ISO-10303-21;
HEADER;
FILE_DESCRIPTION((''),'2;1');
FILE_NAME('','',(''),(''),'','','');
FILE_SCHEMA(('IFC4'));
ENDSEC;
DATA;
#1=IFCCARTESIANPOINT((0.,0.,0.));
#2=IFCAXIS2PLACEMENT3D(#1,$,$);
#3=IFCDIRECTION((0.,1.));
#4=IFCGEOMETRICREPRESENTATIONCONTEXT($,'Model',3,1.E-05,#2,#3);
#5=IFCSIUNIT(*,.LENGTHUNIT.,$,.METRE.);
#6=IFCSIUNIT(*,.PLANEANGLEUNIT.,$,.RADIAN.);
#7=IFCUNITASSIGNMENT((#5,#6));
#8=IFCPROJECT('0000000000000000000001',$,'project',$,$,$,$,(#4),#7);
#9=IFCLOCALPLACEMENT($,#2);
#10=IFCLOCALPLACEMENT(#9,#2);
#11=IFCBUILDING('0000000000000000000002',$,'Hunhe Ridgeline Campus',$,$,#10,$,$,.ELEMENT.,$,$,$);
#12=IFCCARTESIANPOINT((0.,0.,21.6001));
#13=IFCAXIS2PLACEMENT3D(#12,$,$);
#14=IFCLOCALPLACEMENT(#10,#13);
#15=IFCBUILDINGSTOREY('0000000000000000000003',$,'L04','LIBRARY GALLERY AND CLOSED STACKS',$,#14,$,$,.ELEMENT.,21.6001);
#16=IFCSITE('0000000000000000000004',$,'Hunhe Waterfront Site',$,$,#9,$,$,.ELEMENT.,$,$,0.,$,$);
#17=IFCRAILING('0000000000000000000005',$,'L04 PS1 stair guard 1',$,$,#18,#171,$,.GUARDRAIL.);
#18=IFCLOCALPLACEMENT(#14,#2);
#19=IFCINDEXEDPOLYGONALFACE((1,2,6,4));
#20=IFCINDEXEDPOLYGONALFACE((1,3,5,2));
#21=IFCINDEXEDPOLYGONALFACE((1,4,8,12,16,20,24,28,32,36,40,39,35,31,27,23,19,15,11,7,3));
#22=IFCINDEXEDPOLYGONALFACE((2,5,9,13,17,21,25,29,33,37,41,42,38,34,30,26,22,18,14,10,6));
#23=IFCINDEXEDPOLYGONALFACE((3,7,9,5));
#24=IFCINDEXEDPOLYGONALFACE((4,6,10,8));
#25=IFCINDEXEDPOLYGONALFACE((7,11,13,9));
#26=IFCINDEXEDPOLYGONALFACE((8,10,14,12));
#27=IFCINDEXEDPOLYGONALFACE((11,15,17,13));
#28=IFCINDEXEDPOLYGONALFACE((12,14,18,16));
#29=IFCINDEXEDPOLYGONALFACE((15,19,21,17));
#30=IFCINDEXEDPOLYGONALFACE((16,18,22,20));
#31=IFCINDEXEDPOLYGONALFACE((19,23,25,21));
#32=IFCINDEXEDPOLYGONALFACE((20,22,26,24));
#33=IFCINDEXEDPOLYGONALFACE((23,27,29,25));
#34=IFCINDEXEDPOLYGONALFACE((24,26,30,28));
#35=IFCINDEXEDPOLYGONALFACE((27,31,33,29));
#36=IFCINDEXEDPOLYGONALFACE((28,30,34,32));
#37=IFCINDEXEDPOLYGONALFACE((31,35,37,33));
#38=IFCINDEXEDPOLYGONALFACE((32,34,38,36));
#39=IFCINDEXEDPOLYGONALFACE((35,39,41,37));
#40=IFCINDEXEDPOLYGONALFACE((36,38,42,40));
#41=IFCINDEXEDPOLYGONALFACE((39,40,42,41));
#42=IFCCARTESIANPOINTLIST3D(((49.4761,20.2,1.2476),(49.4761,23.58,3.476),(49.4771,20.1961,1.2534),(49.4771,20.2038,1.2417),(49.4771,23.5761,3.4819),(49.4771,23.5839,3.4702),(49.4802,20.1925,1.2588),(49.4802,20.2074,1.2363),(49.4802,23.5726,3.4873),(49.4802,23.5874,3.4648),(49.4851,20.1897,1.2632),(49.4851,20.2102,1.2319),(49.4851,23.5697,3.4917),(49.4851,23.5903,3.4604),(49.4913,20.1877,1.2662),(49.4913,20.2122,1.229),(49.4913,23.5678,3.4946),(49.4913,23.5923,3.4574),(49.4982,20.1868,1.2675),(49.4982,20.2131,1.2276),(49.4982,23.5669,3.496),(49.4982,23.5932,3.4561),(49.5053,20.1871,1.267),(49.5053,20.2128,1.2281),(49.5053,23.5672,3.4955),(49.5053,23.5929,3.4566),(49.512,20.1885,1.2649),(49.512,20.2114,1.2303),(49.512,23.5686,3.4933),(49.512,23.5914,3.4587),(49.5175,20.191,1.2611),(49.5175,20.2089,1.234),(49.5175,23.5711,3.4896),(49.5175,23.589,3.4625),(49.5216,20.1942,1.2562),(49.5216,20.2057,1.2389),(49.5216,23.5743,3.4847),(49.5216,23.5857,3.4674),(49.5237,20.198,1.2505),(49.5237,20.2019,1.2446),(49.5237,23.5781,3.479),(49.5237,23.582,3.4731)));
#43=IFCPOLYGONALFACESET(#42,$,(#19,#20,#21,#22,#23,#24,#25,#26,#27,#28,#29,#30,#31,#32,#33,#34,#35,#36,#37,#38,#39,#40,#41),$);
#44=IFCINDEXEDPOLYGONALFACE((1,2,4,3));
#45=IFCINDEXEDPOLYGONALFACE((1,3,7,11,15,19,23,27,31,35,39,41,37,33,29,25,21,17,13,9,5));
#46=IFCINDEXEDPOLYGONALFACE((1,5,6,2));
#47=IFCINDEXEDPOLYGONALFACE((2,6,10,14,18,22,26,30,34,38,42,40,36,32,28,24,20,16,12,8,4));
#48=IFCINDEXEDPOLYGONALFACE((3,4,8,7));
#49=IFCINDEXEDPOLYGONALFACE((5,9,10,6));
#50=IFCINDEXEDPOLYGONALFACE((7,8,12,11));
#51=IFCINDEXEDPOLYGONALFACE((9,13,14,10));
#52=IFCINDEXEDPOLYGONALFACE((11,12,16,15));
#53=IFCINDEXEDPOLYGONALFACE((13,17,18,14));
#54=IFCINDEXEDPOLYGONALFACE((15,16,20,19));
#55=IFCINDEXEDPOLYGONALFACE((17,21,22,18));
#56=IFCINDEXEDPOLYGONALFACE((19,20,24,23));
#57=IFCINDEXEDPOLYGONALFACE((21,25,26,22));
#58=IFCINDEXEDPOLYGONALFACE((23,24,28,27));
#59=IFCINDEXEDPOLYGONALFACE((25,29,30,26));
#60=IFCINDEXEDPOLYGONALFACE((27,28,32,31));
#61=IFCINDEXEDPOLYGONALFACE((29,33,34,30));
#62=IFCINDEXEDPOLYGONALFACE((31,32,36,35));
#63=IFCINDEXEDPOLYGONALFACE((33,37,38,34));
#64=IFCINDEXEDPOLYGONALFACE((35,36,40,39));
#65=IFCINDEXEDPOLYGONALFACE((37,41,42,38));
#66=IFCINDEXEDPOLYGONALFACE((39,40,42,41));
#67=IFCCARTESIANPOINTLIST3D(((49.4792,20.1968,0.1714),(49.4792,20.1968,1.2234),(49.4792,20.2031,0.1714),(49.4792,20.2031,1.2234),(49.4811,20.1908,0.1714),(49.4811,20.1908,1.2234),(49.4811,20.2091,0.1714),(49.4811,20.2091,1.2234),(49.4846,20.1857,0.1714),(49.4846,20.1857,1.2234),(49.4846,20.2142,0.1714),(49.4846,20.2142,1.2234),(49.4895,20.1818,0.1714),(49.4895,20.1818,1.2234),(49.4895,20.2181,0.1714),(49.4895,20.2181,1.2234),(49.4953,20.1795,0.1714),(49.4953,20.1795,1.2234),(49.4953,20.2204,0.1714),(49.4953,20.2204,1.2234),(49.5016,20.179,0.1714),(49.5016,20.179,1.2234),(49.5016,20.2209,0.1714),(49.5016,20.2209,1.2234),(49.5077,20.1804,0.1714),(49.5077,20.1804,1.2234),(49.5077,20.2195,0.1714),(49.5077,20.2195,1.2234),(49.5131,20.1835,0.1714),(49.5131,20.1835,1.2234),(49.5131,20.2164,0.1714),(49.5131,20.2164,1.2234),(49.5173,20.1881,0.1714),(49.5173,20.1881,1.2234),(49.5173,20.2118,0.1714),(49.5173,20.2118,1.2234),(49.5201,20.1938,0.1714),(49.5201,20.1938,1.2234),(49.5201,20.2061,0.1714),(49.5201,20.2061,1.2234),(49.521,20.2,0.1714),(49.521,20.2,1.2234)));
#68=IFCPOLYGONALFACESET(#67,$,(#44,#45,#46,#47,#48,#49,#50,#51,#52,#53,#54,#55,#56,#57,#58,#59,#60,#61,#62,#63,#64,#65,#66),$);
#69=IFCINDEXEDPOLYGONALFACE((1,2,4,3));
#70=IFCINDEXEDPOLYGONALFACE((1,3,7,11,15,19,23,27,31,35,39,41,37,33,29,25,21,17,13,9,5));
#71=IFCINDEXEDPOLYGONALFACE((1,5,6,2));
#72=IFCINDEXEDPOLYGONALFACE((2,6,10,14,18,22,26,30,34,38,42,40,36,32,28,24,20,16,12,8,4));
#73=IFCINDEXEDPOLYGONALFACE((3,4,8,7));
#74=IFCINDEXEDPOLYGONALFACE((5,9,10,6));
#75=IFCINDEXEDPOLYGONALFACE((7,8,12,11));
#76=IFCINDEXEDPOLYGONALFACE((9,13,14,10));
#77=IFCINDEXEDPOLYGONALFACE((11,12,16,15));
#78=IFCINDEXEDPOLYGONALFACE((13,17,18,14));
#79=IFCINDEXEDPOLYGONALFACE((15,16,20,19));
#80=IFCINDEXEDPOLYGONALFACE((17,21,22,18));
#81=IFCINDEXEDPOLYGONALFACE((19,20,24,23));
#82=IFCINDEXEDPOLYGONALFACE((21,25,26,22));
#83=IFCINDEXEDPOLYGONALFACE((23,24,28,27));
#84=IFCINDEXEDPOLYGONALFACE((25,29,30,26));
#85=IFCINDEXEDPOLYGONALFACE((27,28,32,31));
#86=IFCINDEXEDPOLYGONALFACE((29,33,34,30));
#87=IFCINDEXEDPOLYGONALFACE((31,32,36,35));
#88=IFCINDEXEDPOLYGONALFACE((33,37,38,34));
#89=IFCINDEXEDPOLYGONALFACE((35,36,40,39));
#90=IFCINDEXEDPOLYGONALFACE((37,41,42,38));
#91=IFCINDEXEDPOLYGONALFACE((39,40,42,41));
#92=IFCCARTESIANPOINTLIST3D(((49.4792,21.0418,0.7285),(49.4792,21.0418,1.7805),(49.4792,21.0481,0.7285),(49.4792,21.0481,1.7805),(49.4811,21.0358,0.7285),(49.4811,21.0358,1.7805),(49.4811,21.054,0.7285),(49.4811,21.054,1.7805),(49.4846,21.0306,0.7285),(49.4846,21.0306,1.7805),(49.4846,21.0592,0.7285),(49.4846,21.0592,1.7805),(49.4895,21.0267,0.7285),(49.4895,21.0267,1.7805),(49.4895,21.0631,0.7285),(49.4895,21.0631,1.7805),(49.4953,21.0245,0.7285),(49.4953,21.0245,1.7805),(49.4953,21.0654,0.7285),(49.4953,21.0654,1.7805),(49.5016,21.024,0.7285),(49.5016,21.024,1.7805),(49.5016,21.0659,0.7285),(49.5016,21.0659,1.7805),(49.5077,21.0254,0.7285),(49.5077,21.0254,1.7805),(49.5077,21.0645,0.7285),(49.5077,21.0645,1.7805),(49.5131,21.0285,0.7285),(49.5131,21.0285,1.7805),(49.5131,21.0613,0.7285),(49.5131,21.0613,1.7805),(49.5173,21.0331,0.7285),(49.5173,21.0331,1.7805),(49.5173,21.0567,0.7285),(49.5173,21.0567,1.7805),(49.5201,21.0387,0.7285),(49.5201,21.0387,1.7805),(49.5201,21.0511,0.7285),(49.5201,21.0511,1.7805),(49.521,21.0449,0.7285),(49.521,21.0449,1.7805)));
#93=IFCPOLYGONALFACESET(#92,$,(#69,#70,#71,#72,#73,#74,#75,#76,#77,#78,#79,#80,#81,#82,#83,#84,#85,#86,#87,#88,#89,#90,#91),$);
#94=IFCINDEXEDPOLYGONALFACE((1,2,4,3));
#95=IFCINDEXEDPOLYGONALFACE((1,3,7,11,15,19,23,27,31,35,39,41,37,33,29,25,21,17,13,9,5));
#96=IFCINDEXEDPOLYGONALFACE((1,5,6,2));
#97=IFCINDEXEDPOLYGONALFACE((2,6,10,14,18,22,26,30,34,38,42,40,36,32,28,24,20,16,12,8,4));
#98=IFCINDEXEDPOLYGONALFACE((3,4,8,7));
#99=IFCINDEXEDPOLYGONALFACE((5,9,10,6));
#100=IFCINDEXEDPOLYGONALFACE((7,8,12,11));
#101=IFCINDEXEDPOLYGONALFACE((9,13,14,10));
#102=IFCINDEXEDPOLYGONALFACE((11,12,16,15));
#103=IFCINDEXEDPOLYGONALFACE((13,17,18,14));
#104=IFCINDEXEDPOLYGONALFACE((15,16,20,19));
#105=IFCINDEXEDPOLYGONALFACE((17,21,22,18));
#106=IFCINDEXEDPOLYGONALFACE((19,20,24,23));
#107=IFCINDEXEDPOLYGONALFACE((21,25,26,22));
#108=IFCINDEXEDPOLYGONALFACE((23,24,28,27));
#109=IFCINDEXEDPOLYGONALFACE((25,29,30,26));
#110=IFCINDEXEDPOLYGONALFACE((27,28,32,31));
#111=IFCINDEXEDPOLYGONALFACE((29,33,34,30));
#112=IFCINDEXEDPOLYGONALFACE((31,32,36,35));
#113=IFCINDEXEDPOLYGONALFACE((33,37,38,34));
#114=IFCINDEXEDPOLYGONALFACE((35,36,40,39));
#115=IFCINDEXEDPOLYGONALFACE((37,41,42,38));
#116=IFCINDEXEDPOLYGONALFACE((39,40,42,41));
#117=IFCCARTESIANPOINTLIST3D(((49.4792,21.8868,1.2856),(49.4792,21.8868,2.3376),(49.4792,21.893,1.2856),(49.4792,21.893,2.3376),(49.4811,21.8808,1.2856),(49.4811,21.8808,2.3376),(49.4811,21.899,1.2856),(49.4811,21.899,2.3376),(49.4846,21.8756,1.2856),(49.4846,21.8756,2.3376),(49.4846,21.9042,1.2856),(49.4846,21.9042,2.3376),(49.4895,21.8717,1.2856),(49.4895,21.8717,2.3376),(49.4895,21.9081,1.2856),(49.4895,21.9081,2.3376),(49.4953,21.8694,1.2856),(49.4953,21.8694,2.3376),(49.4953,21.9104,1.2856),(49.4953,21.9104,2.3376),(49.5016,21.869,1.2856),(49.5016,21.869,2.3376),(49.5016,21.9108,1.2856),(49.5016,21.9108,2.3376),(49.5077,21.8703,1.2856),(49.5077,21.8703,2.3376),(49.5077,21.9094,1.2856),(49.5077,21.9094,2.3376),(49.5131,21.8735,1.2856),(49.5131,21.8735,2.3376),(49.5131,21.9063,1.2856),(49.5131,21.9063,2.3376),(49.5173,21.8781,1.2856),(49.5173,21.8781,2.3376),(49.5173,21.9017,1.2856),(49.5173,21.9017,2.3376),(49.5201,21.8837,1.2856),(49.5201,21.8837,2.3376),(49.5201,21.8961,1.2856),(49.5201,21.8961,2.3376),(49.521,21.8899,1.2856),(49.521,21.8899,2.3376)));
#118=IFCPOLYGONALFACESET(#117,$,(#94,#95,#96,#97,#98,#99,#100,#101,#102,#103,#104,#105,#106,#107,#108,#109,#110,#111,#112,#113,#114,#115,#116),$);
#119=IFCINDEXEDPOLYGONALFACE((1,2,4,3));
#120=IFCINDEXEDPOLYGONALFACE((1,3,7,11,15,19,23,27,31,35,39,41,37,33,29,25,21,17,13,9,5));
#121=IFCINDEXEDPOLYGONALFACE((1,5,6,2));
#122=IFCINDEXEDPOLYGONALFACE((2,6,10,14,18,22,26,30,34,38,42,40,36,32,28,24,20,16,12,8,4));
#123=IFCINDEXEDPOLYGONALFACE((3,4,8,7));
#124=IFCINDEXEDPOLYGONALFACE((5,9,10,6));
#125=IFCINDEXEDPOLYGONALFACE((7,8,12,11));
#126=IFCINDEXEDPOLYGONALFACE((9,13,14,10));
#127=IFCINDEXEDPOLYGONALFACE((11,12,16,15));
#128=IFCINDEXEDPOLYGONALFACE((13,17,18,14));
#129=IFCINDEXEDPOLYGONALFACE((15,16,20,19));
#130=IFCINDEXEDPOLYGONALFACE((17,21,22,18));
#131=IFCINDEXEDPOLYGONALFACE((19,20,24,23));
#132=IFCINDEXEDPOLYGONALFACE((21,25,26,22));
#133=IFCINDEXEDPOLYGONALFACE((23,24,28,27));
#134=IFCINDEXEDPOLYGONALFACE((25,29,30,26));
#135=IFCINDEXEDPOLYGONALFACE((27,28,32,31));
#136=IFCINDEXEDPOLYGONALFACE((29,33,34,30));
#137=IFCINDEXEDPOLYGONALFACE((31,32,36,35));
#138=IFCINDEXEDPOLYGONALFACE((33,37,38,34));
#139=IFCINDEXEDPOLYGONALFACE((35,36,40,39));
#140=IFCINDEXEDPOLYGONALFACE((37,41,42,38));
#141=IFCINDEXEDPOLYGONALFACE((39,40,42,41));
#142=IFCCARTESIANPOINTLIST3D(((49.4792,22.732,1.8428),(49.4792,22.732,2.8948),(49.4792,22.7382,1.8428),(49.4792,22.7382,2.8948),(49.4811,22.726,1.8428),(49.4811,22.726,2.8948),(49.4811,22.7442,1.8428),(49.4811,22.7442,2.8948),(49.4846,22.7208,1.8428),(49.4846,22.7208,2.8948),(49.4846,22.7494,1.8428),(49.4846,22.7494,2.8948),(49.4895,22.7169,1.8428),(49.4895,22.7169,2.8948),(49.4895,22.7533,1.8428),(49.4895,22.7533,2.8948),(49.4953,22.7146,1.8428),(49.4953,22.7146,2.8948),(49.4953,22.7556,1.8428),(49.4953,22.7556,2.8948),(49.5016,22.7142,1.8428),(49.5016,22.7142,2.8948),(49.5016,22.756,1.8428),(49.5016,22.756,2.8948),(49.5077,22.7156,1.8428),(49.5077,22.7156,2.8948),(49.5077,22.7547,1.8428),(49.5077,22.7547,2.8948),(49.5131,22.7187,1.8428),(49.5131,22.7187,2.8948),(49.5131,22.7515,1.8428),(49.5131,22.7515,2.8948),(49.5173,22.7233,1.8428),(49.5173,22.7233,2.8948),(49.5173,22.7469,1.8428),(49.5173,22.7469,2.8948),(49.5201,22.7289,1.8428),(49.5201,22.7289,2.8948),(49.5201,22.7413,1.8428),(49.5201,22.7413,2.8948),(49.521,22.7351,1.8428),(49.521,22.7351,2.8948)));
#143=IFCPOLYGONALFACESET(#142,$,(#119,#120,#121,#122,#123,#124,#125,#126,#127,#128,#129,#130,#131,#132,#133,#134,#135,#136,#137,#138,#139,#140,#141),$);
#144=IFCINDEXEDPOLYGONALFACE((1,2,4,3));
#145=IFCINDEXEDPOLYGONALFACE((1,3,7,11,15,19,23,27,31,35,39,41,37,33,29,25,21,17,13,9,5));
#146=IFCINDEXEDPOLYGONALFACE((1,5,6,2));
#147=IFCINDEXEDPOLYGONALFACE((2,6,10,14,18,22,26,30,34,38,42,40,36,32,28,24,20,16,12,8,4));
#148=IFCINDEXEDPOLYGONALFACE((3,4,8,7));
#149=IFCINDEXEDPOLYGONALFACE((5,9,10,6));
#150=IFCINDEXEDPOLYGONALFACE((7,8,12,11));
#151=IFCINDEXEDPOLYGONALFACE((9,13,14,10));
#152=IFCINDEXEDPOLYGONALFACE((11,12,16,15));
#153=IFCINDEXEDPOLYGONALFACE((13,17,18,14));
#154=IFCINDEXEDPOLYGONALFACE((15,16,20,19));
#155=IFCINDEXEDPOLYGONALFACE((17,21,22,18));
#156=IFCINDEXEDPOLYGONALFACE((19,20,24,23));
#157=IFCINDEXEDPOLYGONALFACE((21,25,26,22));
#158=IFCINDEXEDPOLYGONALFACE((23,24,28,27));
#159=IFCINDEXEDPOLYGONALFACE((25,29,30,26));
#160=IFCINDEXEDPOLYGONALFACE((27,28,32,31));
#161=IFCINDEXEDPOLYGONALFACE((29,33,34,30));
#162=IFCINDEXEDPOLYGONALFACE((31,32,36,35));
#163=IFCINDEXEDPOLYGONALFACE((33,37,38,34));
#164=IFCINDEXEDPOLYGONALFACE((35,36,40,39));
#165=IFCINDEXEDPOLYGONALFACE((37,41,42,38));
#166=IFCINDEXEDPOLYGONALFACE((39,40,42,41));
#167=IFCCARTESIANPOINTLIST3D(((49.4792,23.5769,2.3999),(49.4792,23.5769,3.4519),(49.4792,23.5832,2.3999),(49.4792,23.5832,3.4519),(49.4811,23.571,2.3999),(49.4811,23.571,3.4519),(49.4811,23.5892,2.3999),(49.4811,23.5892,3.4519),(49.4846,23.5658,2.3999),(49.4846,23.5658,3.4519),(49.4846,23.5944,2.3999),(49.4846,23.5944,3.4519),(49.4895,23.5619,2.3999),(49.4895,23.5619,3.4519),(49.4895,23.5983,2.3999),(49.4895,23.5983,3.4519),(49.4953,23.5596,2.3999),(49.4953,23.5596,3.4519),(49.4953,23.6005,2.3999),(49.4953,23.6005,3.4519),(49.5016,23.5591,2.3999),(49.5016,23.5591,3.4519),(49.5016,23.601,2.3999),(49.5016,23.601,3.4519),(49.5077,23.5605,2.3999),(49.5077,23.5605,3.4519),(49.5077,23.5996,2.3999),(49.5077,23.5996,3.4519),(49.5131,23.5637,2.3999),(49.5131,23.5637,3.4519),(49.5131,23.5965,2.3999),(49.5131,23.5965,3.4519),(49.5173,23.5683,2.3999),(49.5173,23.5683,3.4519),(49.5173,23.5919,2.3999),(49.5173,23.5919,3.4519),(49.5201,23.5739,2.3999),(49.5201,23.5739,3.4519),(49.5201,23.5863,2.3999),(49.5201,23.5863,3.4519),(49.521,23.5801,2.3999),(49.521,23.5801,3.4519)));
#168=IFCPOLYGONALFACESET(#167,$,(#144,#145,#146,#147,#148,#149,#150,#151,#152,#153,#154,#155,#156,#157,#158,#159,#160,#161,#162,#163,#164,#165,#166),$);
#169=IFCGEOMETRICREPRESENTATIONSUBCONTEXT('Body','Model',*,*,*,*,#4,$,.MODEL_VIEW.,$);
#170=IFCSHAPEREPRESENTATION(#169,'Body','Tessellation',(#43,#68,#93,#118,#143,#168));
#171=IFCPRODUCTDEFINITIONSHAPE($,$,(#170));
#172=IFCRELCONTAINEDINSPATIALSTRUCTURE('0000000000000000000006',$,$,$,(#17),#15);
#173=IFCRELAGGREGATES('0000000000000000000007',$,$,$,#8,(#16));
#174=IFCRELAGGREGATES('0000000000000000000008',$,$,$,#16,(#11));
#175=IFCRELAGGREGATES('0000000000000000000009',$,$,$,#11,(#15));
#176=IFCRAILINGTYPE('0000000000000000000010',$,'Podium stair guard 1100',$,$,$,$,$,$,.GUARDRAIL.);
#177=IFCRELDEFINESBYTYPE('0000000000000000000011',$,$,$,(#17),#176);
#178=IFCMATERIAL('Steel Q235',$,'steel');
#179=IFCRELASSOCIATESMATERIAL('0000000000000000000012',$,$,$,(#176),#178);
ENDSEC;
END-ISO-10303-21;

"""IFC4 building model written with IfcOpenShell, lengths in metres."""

from ifc_helpers import new_model, si_unit, direction, frame, origin, origin_2d, place, context, subcontext, project, spatial, circle, extrude, material, type_object, element, save


model = new_model("IFC4")

# Units and contexts
model_context = context("Model", 3, precision=1e-05, world=origin(), true_north=direction((0.0, 1.0)))
body_context = subcontext(model_context, "Body", "Model", "MODEL_VIEW")
ifc_project = project(units=[si_unit("LENGTHUNIT", "METRE"), si_unit("PLANEANGLEUNIT", "RADIAN")], contexts=[model_context])

# Site, building, storey
site_placement = place(None, origin())
site = spatial("IfcSite", under=ifc_project, at=site_placement, Name="Hunhe Waterfront Site", CompositionType="ELEMENT", RefElevation=0.0)
building_placement = place(site_placement, origin())
building = spatial("IfcBuilding", under=site, at=building_placement, Name="Hunhe Ridgeline Campus", CompositionType="ELEMENT")
storey_placement = place(building_placement, frame((0.0, 0.0, 21.6001)))
storey = spatial("IfcBuildingStorey", under=building, at=storey_placement, Name="L04", Description="LIBRARY GALLERY AND CLOSED STACKS", CompositionType="ELEMENT", Elevation=21.6001)

# Shared definitions
ifc_material_1 = material(Name="Steel Q235", Category="steel")

# Railing
railing_type_1 = type_object("IfcRailingType", Name="Podium stair guard 1100", PredefinedType="GUARDRAIL", material=ifc_material_1)
railing_1_placement = place(storey_placement, frame((49.5, 20.2, 0.1714)))
element("IfcRailing", 1, at=railing_1_placement, inside=storey, type_object=railing_type_1, Name="L04 PS1 stair guard 1", PredefinedType="GUARDRAIL", context=body_context, shape_type="SweptSolid", body=[
    extrude(circle(Radius=0.0239, at=origin_2d()), frame((0.0, 0.0, 1.0762), z_axis=(0.0, 0.834878, 0.550435), x_axis=(-1.0, 0.0, 0.0)), (0.0, 0.0, 1.0), 4.0486),
    extrude(circle(Radius=0.021, at=origin_2d()), origin(), (0.0, 0.0, 1.0), 1.052),
    extrude(circle(Radius=0.021, at=origin_2d()), frame((0.0, 0.845, 0.5571)), (0.0, 0.0, 1.0), 1.052),
    extrude(circle(Radius=0.021, at=origin_2d()), frame((0.0, 1.6899, 1.1143)), (0.0, 0.0, 1.0), 1.052),
    extrude(circle(Radius=0.021, at=origin_2d()), frame((0.0, 2.5352, 1.6714)), (0.0, 0.0, 1.0), 1.052),
    extrude(circle(Radius=0.021, at=origin_2d()), frame((0.0, 3.3801, 2.2285)), (0.0, 0.0, 1.0), 1.052),
])

save(model, "model.ifc")
